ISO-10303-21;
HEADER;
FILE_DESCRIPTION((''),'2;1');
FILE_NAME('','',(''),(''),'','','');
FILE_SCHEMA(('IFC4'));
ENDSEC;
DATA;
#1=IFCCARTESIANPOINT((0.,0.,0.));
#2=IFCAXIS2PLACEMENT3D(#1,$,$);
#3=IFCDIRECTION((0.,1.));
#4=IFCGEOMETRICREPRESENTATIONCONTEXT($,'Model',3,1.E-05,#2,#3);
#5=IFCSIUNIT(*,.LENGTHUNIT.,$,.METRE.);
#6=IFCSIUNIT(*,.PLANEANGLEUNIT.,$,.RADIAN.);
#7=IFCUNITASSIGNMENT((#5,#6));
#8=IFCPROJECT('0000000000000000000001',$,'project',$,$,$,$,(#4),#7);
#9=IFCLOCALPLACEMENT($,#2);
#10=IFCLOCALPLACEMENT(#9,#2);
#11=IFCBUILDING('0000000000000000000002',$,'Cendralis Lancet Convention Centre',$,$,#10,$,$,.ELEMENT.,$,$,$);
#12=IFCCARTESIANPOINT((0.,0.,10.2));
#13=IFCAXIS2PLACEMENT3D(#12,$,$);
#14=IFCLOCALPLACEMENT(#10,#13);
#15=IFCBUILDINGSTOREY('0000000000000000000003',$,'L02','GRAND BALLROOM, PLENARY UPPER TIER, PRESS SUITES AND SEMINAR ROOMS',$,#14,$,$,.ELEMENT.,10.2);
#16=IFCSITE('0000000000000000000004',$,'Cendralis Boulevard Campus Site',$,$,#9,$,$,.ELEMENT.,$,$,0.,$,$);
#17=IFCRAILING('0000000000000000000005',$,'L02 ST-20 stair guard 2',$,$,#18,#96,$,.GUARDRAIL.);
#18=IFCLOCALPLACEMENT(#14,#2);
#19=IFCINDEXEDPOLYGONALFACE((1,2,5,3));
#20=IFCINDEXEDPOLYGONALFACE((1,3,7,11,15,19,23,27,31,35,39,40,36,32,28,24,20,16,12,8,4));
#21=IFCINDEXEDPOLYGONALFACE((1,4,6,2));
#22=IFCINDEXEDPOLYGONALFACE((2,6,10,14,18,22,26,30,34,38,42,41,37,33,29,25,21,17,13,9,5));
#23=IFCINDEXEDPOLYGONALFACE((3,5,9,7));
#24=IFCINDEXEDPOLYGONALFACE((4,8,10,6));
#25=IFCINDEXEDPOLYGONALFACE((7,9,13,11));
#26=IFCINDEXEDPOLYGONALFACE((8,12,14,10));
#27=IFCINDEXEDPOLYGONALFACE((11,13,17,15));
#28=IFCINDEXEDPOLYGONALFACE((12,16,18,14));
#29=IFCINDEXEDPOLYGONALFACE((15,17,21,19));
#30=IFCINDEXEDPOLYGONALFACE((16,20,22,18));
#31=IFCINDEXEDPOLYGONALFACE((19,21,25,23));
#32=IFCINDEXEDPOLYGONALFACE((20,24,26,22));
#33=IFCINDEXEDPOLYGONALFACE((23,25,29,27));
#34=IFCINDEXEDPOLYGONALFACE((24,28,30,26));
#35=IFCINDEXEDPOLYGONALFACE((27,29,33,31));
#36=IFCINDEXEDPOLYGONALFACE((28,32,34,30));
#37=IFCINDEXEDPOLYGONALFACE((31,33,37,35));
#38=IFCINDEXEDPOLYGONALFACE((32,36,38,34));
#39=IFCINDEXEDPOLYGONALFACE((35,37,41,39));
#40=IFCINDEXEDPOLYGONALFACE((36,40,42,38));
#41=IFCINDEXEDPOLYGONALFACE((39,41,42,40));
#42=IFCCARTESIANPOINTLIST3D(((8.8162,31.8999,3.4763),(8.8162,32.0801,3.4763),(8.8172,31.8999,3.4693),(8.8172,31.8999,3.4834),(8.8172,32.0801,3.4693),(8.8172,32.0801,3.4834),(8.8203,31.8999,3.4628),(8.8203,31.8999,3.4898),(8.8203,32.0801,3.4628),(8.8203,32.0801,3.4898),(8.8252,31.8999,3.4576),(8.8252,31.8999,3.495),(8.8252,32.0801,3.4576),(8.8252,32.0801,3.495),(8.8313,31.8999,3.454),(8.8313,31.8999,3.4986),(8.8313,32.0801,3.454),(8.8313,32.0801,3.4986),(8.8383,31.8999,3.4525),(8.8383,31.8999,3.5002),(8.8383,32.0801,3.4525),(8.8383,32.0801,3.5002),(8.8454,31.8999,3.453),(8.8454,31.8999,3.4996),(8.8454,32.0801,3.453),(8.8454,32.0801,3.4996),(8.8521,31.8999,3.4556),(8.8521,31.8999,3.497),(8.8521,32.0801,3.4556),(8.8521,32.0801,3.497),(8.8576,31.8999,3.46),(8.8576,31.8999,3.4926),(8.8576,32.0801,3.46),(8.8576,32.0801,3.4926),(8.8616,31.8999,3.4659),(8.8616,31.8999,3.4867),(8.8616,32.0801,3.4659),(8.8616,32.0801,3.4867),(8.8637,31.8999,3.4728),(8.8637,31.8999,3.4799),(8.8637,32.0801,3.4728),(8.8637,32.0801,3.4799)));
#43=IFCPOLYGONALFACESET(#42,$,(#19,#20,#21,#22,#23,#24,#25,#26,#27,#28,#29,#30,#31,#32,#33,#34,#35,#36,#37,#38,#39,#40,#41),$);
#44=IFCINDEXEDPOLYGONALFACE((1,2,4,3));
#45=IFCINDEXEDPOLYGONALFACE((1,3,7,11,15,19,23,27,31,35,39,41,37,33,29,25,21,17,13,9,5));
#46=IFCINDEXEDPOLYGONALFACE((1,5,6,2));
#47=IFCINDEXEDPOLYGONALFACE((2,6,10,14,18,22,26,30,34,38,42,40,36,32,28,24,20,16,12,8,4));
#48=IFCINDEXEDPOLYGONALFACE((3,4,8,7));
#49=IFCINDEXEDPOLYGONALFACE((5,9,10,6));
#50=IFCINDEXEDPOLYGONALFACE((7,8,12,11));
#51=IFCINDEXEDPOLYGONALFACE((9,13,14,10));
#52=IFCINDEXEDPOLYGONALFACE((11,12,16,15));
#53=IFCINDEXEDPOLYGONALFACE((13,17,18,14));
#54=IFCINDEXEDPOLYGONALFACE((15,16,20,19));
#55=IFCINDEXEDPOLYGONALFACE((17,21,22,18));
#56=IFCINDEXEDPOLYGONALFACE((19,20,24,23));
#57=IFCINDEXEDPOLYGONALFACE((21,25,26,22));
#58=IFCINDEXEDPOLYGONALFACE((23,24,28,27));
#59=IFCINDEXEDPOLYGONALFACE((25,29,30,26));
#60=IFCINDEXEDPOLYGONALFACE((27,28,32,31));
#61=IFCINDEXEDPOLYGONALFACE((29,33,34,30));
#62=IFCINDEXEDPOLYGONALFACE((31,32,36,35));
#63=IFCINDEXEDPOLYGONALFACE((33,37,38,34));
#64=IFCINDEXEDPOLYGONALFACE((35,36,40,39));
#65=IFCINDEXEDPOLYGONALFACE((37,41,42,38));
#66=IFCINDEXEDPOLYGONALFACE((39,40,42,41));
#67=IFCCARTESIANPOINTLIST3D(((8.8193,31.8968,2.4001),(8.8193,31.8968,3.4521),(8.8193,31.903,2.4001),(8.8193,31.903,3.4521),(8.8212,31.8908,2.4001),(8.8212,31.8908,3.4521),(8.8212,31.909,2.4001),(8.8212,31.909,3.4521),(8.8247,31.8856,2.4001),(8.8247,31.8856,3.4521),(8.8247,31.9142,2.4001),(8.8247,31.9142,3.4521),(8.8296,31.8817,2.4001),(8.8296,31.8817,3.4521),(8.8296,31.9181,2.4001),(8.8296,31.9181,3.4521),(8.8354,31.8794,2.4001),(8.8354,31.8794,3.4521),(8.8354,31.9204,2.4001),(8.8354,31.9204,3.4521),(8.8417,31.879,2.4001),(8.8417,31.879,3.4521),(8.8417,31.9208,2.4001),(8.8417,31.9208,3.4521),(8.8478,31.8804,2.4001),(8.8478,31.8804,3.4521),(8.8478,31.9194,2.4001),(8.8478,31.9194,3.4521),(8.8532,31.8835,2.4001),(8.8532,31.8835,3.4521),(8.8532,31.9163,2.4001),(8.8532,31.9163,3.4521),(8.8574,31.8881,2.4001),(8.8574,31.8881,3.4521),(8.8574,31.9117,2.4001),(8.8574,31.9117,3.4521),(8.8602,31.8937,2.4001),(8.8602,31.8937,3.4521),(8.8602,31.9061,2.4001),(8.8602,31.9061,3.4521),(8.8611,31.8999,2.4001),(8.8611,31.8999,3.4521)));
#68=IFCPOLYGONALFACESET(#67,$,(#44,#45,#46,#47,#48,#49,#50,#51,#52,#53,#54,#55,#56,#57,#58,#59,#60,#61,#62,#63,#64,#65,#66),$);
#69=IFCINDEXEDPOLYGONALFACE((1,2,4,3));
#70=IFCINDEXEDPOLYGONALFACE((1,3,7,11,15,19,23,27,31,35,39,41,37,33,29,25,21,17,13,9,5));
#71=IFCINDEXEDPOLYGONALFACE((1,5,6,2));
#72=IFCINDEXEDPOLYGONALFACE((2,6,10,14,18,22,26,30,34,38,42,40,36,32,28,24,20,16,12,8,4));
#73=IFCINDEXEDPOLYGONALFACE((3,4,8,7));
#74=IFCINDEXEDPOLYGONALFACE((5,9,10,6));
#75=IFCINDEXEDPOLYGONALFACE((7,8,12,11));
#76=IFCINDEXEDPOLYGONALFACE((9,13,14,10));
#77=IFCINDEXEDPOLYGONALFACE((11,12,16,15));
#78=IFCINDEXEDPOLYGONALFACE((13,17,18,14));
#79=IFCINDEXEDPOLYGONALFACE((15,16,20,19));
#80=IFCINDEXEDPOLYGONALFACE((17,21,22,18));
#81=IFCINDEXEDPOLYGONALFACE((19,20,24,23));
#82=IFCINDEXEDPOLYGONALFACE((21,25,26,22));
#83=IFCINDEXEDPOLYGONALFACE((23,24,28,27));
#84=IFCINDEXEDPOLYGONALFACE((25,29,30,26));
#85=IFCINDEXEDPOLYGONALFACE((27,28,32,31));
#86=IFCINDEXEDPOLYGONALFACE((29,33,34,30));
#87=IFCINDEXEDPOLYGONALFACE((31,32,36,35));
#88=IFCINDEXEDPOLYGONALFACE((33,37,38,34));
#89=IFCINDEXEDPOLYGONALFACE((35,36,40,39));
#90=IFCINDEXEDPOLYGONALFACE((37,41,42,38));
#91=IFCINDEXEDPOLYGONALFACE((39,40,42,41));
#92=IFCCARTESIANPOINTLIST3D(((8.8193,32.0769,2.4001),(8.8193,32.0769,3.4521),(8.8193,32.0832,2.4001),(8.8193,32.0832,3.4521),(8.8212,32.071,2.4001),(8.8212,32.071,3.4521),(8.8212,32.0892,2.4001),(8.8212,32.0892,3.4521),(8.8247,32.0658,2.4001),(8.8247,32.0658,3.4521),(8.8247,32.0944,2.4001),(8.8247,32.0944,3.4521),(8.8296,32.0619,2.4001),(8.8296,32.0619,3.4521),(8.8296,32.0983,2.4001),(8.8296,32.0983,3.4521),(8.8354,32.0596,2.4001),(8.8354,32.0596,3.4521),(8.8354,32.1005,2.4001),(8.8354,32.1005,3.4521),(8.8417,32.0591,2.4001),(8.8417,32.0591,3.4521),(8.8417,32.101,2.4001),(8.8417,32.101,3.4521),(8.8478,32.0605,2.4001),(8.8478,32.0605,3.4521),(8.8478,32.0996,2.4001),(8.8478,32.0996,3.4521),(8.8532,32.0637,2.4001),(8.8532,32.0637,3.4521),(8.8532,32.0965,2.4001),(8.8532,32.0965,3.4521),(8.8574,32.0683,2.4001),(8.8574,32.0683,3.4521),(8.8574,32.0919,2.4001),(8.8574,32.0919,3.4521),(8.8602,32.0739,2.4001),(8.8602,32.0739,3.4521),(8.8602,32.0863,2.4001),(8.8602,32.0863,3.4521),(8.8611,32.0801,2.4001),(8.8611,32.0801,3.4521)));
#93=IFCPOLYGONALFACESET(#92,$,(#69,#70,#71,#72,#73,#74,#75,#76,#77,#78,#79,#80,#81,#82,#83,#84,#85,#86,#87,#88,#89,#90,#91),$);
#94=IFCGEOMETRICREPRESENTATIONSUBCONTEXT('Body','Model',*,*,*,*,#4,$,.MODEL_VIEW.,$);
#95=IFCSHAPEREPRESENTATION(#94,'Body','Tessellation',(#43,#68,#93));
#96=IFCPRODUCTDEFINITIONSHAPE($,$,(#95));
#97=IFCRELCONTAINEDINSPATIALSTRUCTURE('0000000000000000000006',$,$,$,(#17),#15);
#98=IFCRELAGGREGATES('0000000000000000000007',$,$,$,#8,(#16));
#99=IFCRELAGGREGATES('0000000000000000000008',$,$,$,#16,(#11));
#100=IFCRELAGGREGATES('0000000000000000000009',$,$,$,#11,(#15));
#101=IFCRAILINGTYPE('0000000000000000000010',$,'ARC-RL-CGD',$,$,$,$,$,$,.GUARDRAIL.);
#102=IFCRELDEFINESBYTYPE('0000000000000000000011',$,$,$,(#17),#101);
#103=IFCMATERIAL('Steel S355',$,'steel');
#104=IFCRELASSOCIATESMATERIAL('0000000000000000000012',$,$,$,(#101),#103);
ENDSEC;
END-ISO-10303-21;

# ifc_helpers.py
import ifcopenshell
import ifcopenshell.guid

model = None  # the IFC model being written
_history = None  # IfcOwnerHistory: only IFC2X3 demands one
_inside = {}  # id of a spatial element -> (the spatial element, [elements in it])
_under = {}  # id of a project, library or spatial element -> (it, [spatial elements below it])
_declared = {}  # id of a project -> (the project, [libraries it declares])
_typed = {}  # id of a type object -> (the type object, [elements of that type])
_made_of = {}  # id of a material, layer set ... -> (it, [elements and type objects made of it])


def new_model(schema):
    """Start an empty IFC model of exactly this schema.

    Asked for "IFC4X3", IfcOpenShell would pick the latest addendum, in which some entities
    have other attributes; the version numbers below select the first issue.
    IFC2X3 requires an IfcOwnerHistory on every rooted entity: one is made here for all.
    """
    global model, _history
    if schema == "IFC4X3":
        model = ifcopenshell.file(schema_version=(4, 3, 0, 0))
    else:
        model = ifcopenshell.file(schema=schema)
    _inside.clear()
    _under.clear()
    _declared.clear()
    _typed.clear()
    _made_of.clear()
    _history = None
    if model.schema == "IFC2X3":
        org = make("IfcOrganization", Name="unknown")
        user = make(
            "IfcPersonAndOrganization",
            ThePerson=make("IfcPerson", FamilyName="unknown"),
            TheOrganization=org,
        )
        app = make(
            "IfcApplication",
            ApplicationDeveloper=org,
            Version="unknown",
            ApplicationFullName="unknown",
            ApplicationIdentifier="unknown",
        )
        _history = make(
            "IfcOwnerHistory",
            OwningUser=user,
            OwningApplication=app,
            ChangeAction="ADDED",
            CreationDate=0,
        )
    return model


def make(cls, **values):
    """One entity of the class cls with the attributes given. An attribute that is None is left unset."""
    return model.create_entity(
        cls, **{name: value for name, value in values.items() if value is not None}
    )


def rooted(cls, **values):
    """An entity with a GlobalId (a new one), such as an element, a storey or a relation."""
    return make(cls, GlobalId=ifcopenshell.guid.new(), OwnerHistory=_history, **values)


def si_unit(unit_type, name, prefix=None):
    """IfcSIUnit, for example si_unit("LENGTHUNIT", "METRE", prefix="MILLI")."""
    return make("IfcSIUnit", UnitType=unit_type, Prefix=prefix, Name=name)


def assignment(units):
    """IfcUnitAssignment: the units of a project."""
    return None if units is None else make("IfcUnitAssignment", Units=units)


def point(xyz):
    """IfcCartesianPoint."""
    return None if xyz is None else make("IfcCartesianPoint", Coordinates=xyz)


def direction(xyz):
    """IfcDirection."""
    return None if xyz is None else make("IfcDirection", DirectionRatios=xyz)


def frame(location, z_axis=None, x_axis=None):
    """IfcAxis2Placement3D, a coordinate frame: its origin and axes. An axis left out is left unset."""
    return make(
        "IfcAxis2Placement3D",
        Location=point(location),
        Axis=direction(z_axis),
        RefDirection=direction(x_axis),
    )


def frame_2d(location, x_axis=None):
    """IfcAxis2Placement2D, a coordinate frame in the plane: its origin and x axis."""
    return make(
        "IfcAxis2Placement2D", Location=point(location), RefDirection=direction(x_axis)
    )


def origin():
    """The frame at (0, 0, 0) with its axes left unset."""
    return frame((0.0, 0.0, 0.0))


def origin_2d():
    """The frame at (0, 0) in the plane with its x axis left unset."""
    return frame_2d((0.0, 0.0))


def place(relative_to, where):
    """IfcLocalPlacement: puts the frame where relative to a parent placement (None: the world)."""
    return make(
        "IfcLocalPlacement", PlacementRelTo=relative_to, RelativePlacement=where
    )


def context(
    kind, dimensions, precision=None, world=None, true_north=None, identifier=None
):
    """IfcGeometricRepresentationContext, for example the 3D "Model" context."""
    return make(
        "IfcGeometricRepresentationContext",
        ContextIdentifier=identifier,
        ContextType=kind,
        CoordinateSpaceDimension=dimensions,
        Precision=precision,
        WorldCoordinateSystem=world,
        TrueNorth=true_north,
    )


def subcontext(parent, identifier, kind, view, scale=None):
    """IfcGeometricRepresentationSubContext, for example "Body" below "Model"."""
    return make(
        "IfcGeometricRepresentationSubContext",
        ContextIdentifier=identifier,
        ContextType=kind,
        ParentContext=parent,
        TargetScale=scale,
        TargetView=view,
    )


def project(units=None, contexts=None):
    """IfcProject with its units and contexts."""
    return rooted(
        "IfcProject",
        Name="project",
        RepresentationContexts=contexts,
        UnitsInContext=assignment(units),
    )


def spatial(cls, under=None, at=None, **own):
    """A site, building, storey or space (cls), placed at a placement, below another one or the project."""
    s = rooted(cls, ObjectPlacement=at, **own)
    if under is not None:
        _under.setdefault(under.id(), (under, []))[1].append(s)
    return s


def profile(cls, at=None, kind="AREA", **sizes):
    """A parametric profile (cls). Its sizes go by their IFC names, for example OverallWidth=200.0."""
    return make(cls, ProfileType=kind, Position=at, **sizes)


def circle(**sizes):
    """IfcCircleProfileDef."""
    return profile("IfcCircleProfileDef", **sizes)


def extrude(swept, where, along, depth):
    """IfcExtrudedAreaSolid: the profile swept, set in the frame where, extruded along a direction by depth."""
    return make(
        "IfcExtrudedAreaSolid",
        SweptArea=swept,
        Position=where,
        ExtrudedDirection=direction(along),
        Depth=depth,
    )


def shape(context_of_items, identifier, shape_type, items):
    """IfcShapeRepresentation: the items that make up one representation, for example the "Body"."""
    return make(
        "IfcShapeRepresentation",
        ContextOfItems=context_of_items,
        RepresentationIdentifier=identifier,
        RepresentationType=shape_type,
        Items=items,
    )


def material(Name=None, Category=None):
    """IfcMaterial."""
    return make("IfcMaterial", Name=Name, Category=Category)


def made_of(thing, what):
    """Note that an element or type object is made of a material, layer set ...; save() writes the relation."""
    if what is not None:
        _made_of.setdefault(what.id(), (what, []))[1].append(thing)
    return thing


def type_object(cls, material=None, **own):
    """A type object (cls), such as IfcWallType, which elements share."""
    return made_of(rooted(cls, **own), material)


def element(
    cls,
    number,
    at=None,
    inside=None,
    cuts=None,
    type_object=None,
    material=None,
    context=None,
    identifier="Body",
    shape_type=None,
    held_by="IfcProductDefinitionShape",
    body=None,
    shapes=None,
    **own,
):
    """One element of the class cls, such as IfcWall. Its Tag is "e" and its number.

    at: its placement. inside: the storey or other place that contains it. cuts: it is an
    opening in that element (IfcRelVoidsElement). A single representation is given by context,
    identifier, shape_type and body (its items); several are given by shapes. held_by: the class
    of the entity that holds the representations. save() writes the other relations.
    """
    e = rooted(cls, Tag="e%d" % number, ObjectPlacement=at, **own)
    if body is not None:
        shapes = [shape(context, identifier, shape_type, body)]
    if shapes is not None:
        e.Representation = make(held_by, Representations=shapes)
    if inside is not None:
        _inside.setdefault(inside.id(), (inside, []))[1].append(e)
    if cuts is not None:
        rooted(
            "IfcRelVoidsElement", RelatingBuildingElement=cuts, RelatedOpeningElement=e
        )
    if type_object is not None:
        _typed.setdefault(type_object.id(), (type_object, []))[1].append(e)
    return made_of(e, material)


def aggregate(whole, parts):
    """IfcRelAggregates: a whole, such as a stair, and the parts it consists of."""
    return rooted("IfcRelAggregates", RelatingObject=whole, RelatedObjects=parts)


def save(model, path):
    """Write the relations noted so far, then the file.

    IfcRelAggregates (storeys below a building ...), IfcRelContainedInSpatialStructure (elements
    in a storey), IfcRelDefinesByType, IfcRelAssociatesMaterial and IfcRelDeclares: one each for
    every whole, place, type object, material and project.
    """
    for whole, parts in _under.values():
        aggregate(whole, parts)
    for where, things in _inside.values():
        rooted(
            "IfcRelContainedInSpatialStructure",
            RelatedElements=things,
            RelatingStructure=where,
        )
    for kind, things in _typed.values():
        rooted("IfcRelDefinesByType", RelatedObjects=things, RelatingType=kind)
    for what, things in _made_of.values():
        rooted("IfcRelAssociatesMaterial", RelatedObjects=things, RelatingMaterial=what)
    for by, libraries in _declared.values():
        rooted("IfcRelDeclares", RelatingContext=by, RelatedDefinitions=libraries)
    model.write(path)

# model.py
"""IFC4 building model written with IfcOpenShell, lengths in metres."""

from ifc_helpers import new_model, si_unit, direction, frame, origin, origin_2d, place, context, subcontext, project, spatial, circle, extrude, material, type_object, element, save


model = new_model("IFC4")

# Units and contexts
model_context = context("Model", 3, precision=1e-05, world=origin(), true_north=direction((0.0, 1.0)))
body_context = subcontext(model_context, "Body", "Model", "MODEL_VIEW")
ifc_project = project(units=[si_unit("LENGTHUNIT", "METRE"), si_unit("PLANEANGLEUNIT", "RADIAN")], contexts=[model_context])

# Site, building, storey
site_placement = place(None, origin())
site = spatial("IfcSite", under=ifc_project, at=site_placement, Name="Cendralis Boulevard Campus Site", CompositionType="ELEMENT", RefElevation=0.0)
building_placement = place(site_placement, origin())
building = spatial("IfcBuilding", under=site, at=building_placement, Name="Cendralis Lancet Convention Centre", CompositionType="ELEMENT")
storey_placement = place(building_placement, frame((0.0, 0.0, 10.2)))
storey = spatial("IfcBuildingStorey", under=building, at=storey_placement, Name="L02", Description="GRAND BALLROOM, PLENARY UPPER TIER, PRESS SUITES AND SEMINAR ROOMS", CompositionType="ELEMENT", Elevation=10.2)

# Shared definitions
ifc_material_1 = material(Name="Steel S355", Category="steel")

# Railing
railing_type_1 = type_object("IfcRailingType", Name="ARC-RL-CGD", PredefinedType="GUARDRAIL", material=ifc_material_1)
railing_1_placement = place(storey_placement, frame((8.8401, 31.8999, 2.4001)))
element("IfcRailing", 1, at=railing_1_placement, inside=storey, type_object=railing_type_1, Name="L02 ST-20 stair guard 2", PredefinedType="GUARDRAIL", context=body_context, shape_type="SweptSolid", body=[
    extrude(circle(Radius=0.0239, at=origin_2d()), frame((0.0, 0.0, 1.0762), z_axis=(0.0, 1.0, 0.0), x_axis=(-1.0, 0.0, 0.0)), (0.0, 0.0, 1.0), 0.1802),
    extrude(circle(Radius=0.021, at=origin_2d()), origin(), (0.0, 0.0, 1.0), 1.052),
    extrude(circle(Radius=0.021, at=origin_2d()), frame((0.0, 0.1802, 0.0)), (0.0, 0.0, 1.0), 1.052),
])

save(model, "model.ifc")
